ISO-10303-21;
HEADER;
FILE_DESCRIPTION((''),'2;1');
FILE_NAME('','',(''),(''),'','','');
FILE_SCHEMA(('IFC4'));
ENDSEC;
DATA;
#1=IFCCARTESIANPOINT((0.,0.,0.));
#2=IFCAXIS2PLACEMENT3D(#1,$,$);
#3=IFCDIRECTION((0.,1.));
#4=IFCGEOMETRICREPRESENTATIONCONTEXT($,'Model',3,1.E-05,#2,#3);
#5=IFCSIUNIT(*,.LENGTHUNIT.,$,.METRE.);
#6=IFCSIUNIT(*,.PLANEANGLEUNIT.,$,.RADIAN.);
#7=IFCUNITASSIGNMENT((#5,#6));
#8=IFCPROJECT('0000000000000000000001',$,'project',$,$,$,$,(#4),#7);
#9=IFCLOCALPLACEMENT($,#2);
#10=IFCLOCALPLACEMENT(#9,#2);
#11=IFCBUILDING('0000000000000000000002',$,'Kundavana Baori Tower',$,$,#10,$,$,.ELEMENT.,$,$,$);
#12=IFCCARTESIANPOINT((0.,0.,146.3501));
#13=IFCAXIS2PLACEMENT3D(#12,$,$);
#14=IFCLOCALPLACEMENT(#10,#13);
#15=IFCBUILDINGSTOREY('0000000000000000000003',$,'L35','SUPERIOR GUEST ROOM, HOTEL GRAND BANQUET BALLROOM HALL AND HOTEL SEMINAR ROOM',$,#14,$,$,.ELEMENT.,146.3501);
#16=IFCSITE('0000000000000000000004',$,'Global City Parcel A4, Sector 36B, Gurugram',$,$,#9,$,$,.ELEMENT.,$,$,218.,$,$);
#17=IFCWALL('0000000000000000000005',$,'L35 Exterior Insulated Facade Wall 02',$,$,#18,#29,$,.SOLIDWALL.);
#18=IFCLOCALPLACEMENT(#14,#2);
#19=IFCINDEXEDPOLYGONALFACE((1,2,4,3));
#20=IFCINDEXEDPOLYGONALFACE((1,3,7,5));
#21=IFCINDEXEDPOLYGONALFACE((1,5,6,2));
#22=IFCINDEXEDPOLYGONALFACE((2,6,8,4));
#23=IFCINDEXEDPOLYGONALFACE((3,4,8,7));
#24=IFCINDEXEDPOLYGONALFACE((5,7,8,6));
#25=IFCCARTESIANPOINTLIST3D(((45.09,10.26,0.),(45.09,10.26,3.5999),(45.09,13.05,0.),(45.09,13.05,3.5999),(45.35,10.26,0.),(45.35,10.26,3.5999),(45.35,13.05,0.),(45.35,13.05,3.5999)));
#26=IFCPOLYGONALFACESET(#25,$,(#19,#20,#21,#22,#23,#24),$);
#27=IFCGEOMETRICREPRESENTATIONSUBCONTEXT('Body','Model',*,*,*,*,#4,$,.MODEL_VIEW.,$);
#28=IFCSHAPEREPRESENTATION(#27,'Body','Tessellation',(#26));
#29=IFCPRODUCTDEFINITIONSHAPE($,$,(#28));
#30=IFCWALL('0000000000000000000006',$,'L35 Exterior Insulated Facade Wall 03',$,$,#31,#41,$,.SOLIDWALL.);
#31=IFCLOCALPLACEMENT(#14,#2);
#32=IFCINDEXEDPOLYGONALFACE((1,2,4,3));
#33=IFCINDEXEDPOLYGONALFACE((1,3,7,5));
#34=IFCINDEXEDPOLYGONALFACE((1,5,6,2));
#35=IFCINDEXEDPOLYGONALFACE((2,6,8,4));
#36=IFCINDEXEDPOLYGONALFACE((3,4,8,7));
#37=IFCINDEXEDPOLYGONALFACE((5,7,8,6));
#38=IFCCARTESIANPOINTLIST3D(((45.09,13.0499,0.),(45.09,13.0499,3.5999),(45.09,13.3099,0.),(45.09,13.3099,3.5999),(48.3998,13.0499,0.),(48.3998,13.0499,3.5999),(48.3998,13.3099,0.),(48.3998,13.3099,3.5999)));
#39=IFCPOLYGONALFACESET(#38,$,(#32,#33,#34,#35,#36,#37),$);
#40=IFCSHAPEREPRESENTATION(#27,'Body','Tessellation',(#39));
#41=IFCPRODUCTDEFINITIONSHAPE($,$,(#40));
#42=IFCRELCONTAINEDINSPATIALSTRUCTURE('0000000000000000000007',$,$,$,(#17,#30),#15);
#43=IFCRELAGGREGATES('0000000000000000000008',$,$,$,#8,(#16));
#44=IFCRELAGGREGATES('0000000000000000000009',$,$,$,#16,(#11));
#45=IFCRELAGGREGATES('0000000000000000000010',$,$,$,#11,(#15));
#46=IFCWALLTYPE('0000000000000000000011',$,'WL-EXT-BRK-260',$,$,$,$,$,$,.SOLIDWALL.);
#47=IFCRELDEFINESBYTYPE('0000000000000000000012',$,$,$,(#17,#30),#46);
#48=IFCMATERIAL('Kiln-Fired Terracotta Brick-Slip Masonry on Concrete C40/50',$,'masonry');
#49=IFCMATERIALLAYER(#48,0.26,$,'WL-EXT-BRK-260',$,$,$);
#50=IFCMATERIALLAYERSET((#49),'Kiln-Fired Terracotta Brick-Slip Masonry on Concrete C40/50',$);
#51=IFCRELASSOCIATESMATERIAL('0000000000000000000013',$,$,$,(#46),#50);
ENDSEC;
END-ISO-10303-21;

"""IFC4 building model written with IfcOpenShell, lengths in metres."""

from ifc_helpers import new_model, si_unit, direction, frame, frame_2d, origin, place, context, subcontext, project, spatial, rectangle, extrude, material, layer, layer_set, type_object, element, save


model = new_model("IFC4")

# Units and contexts
model_context = context("Model", 3, precision=1e-05, world=origin(), true_north=direction((0.0, 1.0)))
body_context = subcontext(model_context, "Body", "Model", "MODEL_VIEW")
ifc_project = project(units=[si_unit("LENGTHUNIT", "METRE"), si_unit("PLANEANGLEUNIT", "RADIAN")], contexts=[model_context])

# Site, building, storey
site_placement = place(None, origin())
site = spatial("IfcSite", under=ifc_project, at=site_placement, Name="Global City Parcel A4, Sector 36B, Gurugram", CompositionType="ELEMENT", RefElevation=218.0)
building_placement = place(site_placement, origin())
building = spatial("IfcBuilding", under=site, at=building_placement, Name="Kundavana Baori Tower", CompositionType="ELEMENT")
storey_placement = place(building_placement, frame((0.0, 0.0, 146.3501)))
storey = spatial("IfcBuildingStorey", under=building, at=storey_placement, Name="L35", Description="SUPERIOR GUEST ROOM, HOTEL GRAND BANQUET BALLROOM HALL AND HOTEL SEMINAR ROOM", CompositionType="ELEMENT", Elevation=146.3501)

# Walls
ifc_material_1 = material(Name="Kiln-Fired Terracotta Brick-Slip Masonry on Concrete C40/50", Category="masonry")
ifc_layer_1 = layer(ifc_material_1, 0.26, Name="WL-EXT-BRK-260")
ifc_layer_set_1 = layer_set([ifc_layer_1], Name="Kiln-Fired Terracotta Brick-Slip Masonry on Concrete C40/50")
wall_type_1 = type_object("IfcWallType", Name="WL-EXT-BRK-260", PredefinedType="SOLIDWALL", material=ifc_layer_set_1)
wall_1_placement = place(storey_placement, frame((45.22, 10.26, 0.0), z_axis=(0.0, 0.0, 1.0), x_axis=(0.0, 1.0, 0.0)))
element("IfcWall", 1, at=wall_1_placement, inside=storey, type_object=wall_type_1, Name="L35 Exterior Insulated Facade Wall 02", PredefinedType="SOLIDWALL", context=body_context, shape_type="SweptSolid", body=[
    extrude(rectangle(XDim=2.79, YDim=0.26, at=frame_2d((1.395, 0.0))), origin(), (0.0, 0.0, 1.0), 3.5999),
])
wall_2_placement = place(storey_placement, frame((45.0901, 13.1799, 0.0), z_axis=(0.0, 0.0, 1.0), x_axis=(1.0, 0.0, 0.0)))
element("IfcWall", 2, at=wall_2_placement, inside=storey, type_object=wall_type_1, Name="L35 Exterior Insulated Facade Wall 03", PredefinedType="SOLIDWALL", context=body_context, shape_type="SweptSolid", body=[
    extrude(rectangle(XDim=3.3098, YDim=0.26, at=frame_2d((1.6548, 0.0))), origin(), (0.0, 0.0, 1.0), 3.5999),
])

save(model, "model.ifc")
